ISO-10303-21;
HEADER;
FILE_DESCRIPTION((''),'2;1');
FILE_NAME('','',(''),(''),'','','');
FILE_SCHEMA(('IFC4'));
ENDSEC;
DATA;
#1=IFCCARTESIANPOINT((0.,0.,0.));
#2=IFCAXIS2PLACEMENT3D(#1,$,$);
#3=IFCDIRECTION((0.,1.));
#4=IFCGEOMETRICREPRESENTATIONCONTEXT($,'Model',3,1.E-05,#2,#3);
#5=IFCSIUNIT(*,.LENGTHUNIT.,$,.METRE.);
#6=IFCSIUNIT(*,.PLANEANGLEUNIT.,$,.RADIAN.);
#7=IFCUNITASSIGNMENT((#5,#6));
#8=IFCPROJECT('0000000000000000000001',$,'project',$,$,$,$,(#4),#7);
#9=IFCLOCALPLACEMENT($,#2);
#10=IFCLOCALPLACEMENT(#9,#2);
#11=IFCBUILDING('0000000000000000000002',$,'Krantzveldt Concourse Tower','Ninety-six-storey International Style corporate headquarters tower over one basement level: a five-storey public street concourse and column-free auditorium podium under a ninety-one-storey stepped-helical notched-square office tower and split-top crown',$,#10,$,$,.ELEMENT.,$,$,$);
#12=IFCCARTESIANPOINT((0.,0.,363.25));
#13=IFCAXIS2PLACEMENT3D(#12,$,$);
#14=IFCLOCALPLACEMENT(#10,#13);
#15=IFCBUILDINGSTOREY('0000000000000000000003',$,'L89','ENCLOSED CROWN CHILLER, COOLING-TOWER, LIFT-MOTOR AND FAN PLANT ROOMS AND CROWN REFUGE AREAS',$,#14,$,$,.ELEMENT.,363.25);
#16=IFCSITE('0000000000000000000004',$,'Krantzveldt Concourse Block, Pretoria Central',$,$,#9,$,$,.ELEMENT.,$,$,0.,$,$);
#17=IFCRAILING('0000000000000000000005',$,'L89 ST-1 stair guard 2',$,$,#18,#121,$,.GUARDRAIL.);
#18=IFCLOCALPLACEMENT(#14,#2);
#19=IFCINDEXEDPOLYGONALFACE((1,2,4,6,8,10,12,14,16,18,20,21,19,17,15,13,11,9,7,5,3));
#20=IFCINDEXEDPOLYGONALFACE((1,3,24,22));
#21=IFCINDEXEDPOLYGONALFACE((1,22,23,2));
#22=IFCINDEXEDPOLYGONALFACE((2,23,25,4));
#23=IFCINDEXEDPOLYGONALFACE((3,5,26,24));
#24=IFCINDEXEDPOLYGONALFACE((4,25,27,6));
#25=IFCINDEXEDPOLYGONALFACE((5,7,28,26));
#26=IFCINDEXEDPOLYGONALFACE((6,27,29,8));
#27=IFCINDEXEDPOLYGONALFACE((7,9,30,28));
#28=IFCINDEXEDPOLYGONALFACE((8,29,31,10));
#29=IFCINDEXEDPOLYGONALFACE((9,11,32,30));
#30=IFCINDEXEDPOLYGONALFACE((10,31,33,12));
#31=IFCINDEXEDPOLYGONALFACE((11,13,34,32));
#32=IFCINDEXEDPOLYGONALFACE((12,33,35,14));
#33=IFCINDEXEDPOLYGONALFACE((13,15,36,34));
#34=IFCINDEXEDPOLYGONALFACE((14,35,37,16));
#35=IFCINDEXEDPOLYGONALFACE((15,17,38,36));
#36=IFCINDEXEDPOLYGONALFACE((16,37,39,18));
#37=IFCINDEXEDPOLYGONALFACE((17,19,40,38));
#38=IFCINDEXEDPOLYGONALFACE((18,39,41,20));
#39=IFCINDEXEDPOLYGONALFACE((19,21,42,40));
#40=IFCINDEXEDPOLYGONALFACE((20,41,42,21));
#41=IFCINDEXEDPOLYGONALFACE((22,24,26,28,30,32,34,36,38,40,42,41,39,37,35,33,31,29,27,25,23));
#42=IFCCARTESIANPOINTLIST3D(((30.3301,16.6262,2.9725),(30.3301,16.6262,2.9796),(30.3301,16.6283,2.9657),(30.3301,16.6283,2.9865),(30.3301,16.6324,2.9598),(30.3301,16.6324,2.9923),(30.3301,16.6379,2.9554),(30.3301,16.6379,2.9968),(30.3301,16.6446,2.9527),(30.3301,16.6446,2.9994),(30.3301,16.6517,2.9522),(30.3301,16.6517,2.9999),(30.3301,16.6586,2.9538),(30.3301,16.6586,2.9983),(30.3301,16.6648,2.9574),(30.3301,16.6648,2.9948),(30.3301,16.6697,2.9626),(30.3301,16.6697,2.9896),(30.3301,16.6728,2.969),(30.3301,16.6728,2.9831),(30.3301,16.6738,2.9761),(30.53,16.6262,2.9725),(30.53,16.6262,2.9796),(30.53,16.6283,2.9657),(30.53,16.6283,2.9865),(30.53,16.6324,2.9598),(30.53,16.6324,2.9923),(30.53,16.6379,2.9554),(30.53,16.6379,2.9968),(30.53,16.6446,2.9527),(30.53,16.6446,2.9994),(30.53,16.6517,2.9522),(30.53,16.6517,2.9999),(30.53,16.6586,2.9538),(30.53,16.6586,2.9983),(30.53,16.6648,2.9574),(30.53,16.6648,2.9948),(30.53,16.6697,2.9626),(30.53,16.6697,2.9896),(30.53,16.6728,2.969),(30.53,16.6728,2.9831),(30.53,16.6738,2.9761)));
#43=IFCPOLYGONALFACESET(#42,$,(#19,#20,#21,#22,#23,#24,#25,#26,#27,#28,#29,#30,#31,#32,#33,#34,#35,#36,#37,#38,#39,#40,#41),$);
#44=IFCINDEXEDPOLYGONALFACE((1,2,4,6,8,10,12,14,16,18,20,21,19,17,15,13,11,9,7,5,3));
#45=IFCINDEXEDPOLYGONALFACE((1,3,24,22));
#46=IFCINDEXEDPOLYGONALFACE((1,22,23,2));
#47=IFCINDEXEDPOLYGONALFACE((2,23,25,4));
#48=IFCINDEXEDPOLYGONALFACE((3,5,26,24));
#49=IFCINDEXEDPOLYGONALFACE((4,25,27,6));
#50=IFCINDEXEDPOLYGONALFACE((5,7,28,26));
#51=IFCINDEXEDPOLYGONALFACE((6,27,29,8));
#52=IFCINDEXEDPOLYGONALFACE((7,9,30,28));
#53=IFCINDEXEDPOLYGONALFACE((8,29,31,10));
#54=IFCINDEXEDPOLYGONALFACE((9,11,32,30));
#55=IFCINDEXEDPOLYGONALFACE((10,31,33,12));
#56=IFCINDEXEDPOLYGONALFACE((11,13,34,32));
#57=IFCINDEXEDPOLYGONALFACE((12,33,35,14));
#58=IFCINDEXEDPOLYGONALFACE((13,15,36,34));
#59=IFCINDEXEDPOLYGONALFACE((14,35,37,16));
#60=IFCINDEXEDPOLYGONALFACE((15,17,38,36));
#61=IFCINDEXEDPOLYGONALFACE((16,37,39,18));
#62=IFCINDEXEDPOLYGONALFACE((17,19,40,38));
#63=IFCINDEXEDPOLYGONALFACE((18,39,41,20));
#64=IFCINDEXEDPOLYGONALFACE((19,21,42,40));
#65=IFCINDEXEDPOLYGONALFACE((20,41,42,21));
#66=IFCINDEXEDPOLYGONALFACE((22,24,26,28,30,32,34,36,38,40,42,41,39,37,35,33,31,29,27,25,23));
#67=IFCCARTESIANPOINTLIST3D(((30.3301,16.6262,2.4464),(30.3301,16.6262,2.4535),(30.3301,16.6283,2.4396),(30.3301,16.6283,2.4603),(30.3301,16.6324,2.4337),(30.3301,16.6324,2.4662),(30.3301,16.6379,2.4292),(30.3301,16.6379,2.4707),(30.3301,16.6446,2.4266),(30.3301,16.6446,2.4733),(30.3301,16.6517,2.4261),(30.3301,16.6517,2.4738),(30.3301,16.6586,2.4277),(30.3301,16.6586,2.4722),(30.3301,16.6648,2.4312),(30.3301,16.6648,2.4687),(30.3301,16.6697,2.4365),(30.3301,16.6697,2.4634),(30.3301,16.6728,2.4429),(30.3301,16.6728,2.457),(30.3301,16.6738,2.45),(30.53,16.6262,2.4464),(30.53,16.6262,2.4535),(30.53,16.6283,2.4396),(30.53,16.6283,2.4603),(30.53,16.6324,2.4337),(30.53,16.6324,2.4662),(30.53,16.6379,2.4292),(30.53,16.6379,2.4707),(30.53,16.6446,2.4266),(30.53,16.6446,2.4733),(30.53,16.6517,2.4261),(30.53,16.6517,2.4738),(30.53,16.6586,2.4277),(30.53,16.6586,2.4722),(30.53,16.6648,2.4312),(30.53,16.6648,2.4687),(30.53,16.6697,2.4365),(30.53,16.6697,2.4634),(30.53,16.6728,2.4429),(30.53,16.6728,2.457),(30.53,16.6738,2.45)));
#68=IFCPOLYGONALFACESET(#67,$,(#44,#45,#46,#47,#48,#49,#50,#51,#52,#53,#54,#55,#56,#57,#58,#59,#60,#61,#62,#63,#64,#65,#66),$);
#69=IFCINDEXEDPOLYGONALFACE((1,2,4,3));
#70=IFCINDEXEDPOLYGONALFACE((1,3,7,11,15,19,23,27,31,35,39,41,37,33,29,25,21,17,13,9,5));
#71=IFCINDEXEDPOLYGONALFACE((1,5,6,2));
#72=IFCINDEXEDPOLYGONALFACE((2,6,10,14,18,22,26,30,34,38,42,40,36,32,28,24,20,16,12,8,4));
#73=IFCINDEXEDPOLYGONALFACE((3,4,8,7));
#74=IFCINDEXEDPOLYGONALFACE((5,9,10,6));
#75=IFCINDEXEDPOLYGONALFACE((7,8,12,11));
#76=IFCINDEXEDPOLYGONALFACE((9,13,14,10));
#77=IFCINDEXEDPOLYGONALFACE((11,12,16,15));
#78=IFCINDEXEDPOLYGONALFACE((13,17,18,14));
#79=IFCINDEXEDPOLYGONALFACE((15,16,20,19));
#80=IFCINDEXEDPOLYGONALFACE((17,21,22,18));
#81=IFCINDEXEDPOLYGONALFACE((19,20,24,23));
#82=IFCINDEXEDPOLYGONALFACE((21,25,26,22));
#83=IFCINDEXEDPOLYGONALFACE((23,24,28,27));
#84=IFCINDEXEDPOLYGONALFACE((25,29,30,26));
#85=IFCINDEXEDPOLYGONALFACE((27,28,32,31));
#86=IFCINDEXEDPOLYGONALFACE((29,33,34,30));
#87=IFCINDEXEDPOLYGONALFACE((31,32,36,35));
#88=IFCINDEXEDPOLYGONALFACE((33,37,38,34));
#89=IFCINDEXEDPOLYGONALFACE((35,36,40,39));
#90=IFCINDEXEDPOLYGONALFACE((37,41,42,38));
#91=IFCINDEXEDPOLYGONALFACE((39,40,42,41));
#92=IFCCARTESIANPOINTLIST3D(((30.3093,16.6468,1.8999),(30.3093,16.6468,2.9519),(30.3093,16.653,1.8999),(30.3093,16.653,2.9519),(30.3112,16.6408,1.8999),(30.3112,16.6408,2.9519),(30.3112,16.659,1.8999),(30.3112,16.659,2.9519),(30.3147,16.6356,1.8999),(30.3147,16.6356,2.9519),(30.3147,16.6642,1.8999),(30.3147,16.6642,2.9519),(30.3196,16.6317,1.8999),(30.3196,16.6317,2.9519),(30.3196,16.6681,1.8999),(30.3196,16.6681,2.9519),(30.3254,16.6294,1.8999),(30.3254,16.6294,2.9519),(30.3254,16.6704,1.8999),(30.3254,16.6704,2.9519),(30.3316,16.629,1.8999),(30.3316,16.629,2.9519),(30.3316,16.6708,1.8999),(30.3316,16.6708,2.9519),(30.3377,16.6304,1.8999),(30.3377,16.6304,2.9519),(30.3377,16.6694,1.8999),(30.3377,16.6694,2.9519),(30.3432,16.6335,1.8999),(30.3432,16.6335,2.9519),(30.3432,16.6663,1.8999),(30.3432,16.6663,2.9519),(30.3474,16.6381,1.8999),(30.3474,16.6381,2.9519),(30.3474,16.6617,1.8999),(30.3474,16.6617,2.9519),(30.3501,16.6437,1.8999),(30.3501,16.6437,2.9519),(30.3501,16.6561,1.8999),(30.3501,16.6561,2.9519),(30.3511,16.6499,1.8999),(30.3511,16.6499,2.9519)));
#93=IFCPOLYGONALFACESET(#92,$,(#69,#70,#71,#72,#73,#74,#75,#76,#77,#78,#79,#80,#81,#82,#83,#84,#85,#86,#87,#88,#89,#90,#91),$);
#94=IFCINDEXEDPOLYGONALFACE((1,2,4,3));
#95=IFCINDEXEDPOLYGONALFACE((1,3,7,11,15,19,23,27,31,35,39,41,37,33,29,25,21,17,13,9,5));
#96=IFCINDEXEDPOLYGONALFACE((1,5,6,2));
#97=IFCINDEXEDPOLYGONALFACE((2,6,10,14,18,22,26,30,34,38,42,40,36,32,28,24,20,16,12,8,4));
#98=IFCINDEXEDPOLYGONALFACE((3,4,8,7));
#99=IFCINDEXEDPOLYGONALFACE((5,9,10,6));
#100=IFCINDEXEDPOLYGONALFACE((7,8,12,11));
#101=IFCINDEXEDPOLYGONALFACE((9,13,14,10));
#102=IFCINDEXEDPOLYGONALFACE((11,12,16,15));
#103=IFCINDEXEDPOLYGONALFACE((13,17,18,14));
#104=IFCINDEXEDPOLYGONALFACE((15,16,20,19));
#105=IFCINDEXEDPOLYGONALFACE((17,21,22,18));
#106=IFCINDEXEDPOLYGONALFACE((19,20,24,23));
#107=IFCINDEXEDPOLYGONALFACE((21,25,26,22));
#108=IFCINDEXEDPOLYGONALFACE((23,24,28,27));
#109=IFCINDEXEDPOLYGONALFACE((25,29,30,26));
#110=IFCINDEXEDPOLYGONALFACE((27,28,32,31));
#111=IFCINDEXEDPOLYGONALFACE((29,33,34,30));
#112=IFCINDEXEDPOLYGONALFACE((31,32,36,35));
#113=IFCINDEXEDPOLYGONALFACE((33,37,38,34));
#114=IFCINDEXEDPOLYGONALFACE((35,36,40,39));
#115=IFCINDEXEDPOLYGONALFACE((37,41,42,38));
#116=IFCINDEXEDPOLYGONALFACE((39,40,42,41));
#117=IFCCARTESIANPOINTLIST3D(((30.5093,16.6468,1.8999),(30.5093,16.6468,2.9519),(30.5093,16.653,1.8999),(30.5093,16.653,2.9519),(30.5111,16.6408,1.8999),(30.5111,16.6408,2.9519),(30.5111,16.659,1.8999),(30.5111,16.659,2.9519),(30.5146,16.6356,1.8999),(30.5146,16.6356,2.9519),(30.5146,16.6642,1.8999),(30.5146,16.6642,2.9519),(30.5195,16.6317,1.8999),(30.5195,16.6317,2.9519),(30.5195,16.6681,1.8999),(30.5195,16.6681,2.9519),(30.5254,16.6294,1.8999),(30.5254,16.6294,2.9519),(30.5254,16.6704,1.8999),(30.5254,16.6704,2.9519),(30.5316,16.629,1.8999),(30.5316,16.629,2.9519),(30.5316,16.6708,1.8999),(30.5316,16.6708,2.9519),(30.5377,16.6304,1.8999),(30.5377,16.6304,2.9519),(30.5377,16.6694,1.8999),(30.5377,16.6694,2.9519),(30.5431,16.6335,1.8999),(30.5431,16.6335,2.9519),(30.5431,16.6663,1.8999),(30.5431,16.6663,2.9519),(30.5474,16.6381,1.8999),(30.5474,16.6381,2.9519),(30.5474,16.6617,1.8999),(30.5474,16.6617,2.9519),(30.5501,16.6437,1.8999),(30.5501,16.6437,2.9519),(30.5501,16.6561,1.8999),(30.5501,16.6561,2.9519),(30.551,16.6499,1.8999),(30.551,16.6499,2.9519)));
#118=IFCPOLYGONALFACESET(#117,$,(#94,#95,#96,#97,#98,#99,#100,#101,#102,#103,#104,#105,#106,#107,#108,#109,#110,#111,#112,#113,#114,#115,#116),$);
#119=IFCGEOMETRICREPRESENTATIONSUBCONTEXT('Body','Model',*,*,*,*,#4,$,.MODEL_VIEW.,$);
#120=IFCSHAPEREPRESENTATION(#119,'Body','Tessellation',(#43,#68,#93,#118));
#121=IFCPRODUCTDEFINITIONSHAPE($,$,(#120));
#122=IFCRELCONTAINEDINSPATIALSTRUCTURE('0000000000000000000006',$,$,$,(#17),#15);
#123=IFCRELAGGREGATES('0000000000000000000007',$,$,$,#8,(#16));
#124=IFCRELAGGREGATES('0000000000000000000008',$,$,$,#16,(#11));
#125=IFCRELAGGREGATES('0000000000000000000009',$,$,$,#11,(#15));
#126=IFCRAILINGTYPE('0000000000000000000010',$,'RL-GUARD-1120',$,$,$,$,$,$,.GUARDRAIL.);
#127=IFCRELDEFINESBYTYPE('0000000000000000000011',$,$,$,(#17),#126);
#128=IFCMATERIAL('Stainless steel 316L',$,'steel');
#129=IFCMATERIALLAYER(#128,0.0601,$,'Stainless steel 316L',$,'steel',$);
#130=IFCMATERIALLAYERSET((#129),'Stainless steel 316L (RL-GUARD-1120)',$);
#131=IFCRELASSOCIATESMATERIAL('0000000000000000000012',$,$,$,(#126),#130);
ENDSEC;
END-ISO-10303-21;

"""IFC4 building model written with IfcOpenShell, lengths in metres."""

from ifc_helpers import new_model, si_unit, direction, frame, origin, origin_2d, place, context, subcontext, project, spatial, circle, extrude, material, layer, layer_set, type_object, element, save


model = new_model("IFC4")

# Units and contexts
model_context = context("Model", 3, precision=1e-05, world=origin(), true_north=direction((0.0, 1.0)))
body_context = subcontext(model_context, "Body", "Model", "MODEL_VIEW")
ifc_project = project(units=[si_unit("LENGTHUNIT", "METRE"), si_unit("PLANEANGLEUNIT", "RADIAN")], contexts=[model_context])

# Site, building, storey
site_placement = place(None, origin())
site = spatial("IfcSite", under=ifc_project, at=site_placement, Name="Krantzveldt Concourse Block, Pretoria Central", CompositionType="ELEMENT", RefElevation=0.0)
building_placement = place(site_placement, origin())
building = spatial("IfcBuilding", under=site, at=building_placement, Name="Krantzveldt Concourse Tower", Description="Ninety-six-storey International Style corporate headquarters tower over one basement level: a five-storey public street concourse and column-free auditorium podium under a ninety-one-storey stepped-helical notched-square office tower and split-top crown", CompositionType="ELEMENT")
storey_placement = place(building_placement, frame((0.0, 0.0, 363.25)))
storey = spatial("IfcBuildingStorey", under=building, at=storey_placement, Name="L89", Description="ENCLOSED CROWN CHILLER, COOLING-TOWER, LIFT-MOTOR AND FAN PLANT ROOMS AND CROWN REFUGE AREAS", CompositionType="ELEMENT", Elevation=363.25)

# Shared definitions
ifc_material_1 = material(Name="Stainless steel 316L", Category="steel")

# Railing
ifc_layer_1 = layer(ifc_material_1, 0.0601, Name="Stainless steel 316L", Category="steel")
ifc_layer_set_1 = layer_set([ifc_layer_1], Name="Stainless steel 316L (RL-GUARD-1120)")
railing_type_1 = type_object("IfcRailingType", Name="RL-GUARD-1120", PredefinedType="GUARDRAIL", material=ifc_layer_set_1)
railing_1_placement = place(storey_placement, frame((30.3301, 16.6499, 1.8999)))
element("IfcRailing", 1, at=railing_1_placement, inside=storey, type_object=railing_type_1, Name="L89 ST-1 stair guard 2", PredefinedType="GUARDRAIL", context=body_context, shape_type="SweptSolid", body=[
    extrude(circle(Radius=0.0239, at=origin_2d()), frame((0.0, 0.0, 1.0762), z_axis=(1.0, 0.0, 0.0), x_axis=(0.0, 1.0, 0.0)), (0.0, 0.0, 1.0), 0.2),
    extrude(circle(Radius=0.0239, at=origin_2d()), frame((0.0, 0.0, 0.55), z_axis=(1.0, 0.0, 0.0), x_axis=(0.0, 1.0, 0.0)), (0.0, 0.0, 1.0), 0.2),
    extrude(circle(Radius=0.021, at=origin_2d()), origin(), (0.0, 0.0, 1.0), 1.052),
    extrude(circle(Radius=0.021, at=origin_2d()), frame((0.2, 0.0, 0.0)), (0.0, 0.0, 1.0), 1.052),
])

save(model, "model.ifc")
